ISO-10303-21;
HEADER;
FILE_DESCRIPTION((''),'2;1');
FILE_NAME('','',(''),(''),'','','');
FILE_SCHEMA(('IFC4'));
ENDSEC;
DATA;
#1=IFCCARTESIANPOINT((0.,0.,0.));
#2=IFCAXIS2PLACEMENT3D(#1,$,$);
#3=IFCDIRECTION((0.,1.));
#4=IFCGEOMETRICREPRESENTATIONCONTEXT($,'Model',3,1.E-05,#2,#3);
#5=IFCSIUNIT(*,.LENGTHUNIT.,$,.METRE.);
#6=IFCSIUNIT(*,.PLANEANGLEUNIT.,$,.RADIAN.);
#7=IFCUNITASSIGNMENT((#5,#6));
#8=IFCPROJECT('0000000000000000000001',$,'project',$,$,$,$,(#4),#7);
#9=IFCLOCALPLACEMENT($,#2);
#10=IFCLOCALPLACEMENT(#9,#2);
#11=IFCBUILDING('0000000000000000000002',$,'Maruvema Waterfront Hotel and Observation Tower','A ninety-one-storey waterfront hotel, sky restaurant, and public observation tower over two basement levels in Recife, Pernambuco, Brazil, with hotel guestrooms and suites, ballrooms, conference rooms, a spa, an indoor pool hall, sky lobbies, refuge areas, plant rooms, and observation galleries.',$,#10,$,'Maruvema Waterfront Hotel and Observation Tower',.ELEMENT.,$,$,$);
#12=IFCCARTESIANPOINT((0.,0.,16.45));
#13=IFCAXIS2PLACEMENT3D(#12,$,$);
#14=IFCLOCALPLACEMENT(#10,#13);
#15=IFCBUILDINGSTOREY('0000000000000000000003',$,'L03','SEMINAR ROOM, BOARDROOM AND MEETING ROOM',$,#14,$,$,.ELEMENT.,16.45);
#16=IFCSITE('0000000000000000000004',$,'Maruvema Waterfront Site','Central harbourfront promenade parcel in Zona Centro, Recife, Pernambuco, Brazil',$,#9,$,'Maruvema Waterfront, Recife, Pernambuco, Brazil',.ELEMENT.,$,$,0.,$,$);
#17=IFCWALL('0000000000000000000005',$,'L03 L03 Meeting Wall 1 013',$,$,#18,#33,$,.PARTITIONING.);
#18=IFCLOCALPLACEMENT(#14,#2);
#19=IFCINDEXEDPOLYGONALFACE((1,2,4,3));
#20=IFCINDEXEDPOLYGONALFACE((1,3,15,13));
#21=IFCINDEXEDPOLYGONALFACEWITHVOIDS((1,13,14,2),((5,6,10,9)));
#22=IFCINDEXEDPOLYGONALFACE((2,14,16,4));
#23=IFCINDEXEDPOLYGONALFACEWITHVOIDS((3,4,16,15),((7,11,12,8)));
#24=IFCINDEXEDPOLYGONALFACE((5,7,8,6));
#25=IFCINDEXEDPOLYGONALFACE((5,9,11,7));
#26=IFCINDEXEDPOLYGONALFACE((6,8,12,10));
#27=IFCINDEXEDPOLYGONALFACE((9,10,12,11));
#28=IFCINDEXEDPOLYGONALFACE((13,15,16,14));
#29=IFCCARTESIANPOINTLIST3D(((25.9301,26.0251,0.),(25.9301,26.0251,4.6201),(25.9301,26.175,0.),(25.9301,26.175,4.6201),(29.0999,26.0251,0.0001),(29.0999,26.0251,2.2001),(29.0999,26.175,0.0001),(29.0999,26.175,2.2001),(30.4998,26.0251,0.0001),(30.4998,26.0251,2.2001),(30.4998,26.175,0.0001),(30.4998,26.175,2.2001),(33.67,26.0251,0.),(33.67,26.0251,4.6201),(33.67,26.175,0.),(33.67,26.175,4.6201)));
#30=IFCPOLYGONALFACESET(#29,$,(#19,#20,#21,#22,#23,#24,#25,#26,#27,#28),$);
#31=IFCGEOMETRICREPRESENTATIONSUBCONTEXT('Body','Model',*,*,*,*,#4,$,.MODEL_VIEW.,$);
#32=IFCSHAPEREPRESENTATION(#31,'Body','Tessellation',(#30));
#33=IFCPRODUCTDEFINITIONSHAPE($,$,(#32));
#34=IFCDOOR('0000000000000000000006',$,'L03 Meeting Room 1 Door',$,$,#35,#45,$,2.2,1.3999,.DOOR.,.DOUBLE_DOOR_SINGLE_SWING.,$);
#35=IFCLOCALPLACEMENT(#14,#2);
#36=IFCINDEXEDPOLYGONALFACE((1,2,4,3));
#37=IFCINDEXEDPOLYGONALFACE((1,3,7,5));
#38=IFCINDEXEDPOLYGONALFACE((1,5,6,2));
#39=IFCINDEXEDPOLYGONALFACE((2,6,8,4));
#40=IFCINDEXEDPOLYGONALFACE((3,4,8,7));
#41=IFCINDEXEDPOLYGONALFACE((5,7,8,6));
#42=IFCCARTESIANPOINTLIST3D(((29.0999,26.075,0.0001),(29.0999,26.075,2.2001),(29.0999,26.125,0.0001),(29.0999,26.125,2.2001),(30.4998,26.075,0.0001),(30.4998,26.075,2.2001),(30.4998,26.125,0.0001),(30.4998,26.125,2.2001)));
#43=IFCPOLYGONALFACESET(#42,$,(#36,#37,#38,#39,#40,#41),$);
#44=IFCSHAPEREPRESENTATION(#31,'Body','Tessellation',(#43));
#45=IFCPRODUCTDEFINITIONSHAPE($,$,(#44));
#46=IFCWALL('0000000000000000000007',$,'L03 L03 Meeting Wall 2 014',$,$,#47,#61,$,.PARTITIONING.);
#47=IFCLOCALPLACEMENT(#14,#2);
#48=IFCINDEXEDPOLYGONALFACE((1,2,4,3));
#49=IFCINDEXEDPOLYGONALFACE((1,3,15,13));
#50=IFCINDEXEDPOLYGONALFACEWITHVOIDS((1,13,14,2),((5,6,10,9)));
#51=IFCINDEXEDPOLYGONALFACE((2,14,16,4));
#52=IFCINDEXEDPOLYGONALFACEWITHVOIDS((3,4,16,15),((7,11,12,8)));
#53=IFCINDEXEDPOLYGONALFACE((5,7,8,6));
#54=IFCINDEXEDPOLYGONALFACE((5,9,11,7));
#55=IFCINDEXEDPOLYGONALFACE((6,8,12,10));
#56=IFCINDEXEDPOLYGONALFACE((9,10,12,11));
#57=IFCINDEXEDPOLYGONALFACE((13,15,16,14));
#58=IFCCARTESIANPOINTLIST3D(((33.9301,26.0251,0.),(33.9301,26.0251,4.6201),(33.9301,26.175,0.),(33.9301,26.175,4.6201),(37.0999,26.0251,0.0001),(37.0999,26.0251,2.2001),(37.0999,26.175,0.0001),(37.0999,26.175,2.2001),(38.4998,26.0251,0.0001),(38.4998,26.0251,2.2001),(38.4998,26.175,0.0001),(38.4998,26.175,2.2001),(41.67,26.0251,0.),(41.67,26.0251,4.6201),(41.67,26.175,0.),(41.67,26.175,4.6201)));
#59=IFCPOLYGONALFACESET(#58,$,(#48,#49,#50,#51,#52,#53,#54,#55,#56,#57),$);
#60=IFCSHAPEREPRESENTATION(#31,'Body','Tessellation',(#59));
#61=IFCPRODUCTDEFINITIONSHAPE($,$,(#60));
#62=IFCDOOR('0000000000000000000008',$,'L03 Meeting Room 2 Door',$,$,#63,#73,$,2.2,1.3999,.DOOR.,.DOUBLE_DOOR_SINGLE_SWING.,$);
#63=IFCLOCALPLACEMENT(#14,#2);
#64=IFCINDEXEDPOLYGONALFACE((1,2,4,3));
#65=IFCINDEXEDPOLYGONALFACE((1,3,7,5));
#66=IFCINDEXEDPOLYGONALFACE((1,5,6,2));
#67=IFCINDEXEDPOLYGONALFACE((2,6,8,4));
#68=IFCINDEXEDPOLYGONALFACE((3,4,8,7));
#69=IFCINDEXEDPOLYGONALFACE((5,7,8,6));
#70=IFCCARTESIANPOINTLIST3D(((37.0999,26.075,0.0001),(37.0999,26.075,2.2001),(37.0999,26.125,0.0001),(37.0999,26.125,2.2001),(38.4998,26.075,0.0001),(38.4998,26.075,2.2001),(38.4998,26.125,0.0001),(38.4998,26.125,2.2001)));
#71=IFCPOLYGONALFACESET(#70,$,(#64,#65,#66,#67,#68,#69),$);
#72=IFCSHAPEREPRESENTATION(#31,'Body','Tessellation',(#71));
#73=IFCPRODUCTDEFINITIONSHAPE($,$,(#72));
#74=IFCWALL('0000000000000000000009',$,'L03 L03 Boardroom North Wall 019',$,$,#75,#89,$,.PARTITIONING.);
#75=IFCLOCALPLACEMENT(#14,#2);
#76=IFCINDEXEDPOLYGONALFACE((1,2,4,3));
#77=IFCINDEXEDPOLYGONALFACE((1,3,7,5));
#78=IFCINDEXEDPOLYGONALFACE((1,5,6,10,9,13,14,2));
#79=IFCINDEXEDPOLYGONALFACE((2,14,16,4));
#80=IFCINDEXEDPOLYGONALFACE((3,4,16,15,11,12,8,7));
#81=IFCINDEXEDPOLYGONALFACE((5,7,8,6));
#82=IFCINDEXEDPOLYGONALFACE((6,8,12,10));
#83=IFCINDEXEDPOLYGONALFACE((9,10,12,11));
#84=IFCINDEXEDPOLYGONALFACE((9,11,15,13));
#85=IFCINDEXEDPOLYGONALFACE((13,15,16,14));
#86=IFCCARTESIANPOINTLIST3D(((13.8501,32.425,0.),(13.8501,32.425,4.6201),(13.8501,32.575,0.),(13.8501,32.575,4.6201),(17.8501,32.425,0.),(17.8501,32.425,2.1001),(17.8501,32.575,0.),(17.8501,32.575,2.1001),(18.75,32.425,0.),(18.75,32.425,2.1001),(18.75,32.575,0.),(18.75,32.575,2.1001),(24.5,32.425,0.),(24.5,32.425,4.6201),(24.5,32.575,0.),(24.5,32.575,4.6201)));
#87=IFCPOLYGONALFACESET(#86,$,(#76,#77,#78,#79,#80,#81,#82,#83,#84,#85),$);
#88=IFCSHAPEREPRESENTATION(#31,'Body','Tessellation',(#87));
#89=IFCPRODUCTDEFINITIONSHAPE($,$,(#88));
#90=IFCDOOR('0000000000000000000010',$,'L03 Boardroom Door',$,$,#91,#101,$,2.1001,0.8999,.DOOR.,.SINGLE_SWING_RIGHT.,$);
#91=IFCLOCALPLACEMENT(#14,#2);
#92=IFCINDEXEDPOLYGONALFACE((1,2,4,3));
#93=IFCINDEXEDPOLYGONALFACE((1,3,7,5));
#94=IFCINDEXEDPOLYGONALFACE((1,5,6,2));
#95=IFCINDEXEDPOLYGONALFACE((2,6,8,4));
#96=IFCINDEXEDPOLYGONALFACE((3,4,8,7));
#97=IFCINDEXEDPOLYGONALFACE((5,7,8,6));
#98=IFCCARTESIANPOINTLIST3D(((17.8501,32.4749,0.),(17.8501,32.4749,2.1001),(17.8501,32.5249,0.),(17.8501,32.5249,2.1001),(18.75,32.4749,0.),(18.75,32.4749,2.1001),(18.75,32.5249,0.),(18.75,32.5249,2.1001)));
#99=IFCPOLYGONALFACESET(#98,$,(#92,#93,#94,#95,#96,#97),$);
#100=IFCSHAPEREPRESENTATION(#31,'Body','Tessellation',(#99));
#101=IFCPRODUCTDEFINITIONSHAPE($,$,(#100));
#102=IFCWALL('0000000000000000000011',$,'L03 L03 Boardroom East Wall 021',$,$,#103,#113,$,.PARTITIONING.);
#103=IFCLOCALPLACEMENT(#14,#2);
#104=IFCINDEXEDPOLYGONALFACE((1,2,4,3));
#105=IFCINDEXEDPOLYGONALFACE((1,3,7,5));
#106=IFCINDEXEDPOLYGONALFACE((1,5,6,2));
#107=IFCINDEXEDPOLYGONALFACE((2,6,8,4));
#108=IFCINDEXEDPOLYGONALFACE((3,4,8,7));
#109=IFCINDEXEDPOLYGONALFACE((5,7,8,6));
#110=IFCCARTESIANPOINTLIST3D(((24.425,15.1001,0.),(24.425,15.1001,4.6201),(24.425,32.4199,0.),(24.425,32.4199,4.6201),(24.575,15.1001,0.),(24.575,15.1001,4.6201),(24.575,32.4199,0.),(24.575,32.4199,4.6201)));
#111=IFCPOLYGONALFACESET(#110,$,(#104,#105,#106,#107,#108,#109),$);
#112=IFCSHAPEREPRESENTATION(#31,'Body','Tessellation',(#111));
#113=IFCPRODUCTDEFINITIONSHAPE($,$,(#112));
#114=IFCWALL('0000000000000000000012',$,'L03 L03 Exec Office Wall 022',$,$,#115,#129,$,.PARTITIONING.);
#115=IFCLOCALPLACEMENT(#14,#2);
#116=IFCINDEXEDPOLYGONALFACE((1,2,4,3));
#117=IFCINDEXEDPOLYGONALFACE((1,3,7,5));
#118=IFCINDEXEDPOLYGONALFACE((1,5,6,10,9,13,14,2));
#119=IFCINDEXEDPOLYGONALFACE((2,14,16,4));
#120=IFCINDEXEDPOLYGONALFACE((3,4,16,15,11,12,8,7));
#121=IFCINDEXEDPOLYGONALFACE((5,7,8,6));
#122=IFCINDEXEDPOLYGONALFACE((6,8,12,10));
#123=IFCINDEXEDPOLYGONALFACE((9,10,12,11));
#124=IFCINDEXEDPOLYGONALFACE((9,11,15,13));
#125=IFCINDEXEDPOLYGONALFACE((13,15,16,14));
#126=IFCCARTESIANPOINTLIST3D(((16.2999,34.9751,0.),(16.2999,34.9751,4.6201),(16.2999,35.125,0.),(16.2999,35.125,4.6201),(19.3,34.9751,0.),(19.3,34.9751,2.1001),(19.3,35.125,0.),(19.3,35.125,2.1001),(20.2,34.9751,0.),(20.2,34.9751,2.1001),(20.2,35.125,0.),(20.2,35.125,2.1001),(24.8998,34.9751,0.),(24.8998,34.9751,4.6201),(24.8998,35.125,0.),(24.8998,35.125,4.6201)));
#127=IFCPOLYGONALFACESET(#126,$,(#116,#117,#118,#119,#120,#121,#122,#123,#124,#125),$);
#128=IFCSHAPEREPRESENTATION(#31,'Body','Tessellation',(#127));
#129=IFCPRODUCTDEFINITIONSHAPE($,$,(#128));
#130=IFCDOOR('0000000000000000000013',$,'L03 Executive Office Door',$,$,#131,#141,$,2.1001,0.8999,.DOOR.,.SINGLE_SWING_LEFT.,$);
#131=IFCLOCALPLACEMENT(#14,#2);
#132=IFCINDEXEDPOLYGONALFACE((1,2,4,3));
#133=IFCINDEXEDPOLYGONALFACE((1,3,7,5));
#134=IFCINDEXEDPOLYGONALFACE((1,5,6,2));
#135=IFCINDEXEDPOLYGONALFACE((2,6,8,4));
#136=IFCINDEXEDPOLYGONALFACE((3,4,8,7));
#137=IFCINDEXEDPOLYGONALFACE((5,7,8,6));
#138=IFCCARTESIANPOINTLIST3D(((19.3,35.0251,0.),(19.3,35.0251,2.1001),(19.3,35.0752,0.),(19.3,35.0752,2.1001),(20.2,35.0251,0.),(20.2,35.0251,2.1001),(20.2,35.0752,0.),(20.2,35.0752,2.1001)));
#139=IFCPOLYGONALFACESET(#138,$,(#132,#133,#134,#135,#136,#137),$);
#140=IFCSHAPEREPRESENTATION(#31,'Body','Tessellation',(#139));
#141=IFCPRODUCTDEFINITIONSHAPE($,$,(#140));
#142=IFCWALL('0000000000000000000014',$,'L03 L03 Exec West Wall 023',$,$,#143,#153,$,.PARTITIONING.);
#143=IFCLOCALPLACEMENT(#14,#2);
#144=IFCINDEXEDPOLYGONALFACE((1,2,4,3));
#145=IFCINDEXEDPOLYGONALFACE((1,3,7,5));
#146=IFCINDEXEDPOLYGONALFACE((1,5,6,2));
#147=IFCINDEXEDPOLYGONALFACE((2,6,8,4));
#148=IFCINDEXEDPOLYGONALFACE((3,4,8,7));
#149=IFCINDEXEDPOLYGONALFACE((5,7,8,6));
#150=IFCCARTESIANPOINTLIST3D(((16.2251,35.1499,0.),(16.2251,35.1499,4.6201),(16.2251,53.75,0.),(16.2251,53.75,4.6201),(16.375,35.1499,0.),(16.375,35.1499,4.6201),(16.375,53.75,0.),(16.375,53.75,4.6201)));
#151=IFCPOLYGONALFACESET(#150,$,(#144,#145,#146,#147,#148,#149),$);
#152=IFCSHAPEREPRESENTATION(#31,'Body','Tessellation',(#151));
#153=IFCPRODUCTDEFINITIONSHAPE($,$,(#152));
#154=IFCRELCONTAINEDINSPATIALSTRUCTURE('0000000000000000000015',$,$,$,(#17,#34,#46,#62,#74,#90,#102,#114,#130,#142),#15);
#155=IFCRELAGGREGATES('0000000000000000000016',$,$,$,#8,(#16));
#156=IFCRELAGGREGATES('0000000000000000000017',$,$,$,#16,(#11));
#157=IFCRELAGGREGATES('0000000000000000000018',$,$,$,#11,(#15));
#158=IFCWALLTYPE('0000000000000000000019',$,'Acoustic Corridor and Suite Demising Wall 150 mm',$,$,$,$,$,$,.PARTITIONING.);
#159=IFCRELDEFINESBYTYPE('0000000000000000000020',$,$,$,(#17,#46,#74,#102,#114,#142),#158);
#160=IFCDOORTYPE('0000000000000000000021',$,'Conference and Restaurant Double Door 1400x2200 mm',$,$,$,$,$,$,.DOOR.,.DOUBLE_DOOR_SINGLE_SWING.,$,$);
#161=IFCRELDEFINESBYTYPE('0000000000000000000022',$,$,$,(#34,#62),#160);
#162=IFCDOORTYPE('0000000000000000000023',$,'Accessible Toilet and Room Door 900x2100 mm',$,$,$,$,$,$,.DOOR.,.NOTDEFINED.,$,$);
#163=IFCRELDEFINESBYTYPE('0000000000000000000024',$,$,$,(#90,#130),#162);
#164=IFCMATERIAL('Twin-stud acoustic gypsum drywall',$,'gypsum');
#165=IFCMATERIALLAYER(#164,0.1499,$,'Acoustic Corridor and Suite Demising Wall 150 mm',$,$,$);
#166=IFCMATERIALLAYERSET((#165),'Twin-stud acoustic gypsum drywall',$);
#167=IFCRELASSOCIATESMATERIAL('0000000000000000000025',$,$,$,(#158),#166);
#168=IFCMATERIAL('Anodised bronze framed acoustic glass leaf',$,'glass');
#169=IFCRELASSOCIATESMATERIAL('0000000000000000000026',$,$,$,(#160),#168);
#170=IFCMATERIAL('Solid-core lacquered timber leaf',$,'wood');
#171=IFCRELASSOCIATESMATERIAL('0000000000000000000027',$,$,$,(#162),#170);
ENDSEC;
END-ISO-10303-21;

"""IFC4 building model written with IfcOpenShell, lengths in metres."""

from ifc_helpers import new_model, si_unit, direction, frame, frame_2d, origin, place, context, subcontext, project, spatial, rectangle, extrude, material, layer, layer_set, type_object, element, fill, save


model = new_model("IFC4")

# Units and contexts
model_context = context("Model", 3, precision=1e-05, world=origin(), true_north=direction((0.0, 1.0)))
body_context = subcontext(model_context, "Body", "Model", "MODEL_VIEW")
ifc_project = project(units=[si_unit("LENGTHUNIT", "METRE"), si_unit("PLANEANGLEUNIT", "RADIAN")], contexts=[model_context])

# Site, building, storey
site_placement = place(None, origin())
site = spatial("IfcSite", under=ifc_project, at=site_placement, Name="Maruvema Waterfront Site", Description="Central harbourfront promenade parcel in Zona Centro, Recife, Pernambuco, Brazil", LongName="Maruvema Waterfront, Recife, Pernambuco, Brazil", CompositionType="ELEMENT", RefElevation=0.0)
building_placement = place(site_placement, origin())
building = spatial("IfcBuilding", under=site, at=building_placement, Name="Maruvema Waterfront Hotel and Observation Tower", Description="A ninety-one-storey waterfront hotel, sky restaurant, and public observation tower over two basement levels in Recife, Pernambuco, Brazil, with hotel guestrooms and suites, ballrooms, conference rooms, a spa, an indoor pool hall, sky lobbies, refuge areas, plant rooms, and observation galleries.", LongName="Maruvema Waterfront Hotel and Observation Tower", CompositionType="ELEMENT")
storey_placement = place(building_placement, frame((0.0, 0.0, 16.45)))
storey = spatial("IfcBuildingStorey", under=building, at=storey_placement, Name="L03", Description="SEMINAR ROOM, BOARDROOM AND MEETING ROOM", CompositionType="ELEMENT", Elevation=16.45)

# Walls, openings, doors
ifc_material_1 = material(Name="Twin-stud acoustic gypsum drywall", Category="gypsum")
ifc_layer_1 = layer(ifc_material_1, 0.1499, Name="Acoustic Corridor and Suite Demising Wall 150 mm")
ifc_layer_set_1 = layer_set([ifc_layer_1], Name="Twin-stud acoustic gypsum drywall")
wall_type = type_object("IfcWallType", Name="Acoustic Corridor and Suite Demising Wall 150 mm", PredefinedType="PARTITIONING", material=ifc_layer_set_1)
wall_1_placement = place(storey_placement, frame((25.9299, 26.1001, 0.0), z_axis=(0.0, 0.0, 1.0), x_axis=(1.0, 0.0, 0.0)))
wall_1 = element("IfcWall", 1, at=wall_1_placement, inside=storey, type_object=wall_type, Name="L03 L03 Meeting Wall 1 013", PredefinedType="PARTITIONING", context=body_context, shape_type="SweptSolid", body=[
    extrude(rectangle(XDim=7.74, YDim=0.1499, at=frame_2d((3.8701, 0.0))), origin(), (0.0, 0.0, 1.0), 4.6201),
])
opening_1_placement = place(wall_1_placement, frame((3.1699, 0.0, 0.0)))
opening_1 = element("IfcOpeningElement", 2, at=opening_1_placement, cuts=wall_1, PredefinedType="OPENING", context=body_context, shape_type="SweptSolid", body=[
    extrude(rectangle(XDim=1.3999, YDim=2.2, at=frame_2d((0.7, 1.1001))), frame((0.0, 0.085, 0.0), z_axis=(0.0, -1.0, 0.0), x_axis=(1.0, 0.0, 0.0)), (0.0, 0.0, 1.0), 0.1699),
])
ifc_material_2 = material(Name="Anodised bronze framed acoustic glass leaf", Category="glass")
door_type_1 = type_object("IfcDoorType", Name="Conference and Restaurant Double Door 1400x2200 mm", OperationType="DOUBLE_DOOR_SINGLE_SWING", PredefinedType="DOOR", material=ifc_material_2)
door_1_placement = place(opening_1_placement, origin())
door_1 = element("IfcDoor", 3, at=door_1_placement, inside=storey, type_object=door_type_1, Name="L03 Meeting Room 1 Door", OperationType="DOUBLE_DOOR_SINGLE_SWING", OverallHeight=2.2, OverallWidth=1.3999, PredefinedType="DOOR", context=body_context, shape_type="SweptSolid", body=[
    extrude(rectangle(XDim=1.3999, YDim=2.2, at=frame_2d((0.7, 1.1001))), frame((0.0, 0.0249, 0.0), z_axis=(0.0, -1.0, 0.0), x_axis=(1.0, 0.0, 0.0)), (0.0, 0.0, 1.0), 0.05),
])
fill(opening_1, door_1)
wall_2_placement = place(storey_placement, frame((33.9299, 26.1001, 0.0), z_axis=(0.0, 0.0, 1.0), x_axis=(1.0, 0.0, 0.0)))
wall_2 = element("IfcWall", 4, at=wall_2_placement, inside=storey, type_object=wall_type, Name="L03 L03 Meeting Wall 2 014", PredefinedType="PARTITIONING", context=body_context, shape_type="SweptSolid", body=[
    extrude(rectangle(XDim=7.74, YDim=0.1499, at=frame_2d((3.8701, 0.0))), origin(), (0.0, 0.0, 1.0), 4.6201),
])
opening_2_placement = place(wall_2_placement, frame((3.1699, 0.0, 0.0)))
opening_2 = element("IfcOpeningElement", 5, at=opening_2_placement, cuts=wall_2, PredefinedType="OPENING", context=body_context, shape_type="SweptSolid", body=[
    extrude(rectangle(XDim=1.3999, YDim=2.2, at=frame_2d((0.7, 1.1001))), frame((0.0, 0.085, 0.0), z_axis=(0.0, -1.0, 0.0), x_axis=(1.0, 0.0, 0.0)), (0.0, 0.0, 1.0), 0.1699),
])
door_2_placement = place(opening_2_placement, origin())
door_2 = element("IfcDoor", 6, at=door_2_placement, inside=storey, type_object=door_type_1, Name="L03 Meeting Room 2 Door", OperationType="DOUBLE_DOOR_SINGLE_SWING", OverallHeight=2.2, OverallWidth=1.3999, PredefinedType="DOOR", context=body_context, shape_type="SweptSolid", body=[
    extrude(rectangle(XDim=1.3999, YDim=2.2, at=frame_2d((0.7, 1.1001))), frame((0.0, 0.0249, 0.0), z_axis=(0.0, -1.0, 0.0), x_axis=(1.0, 0.0, 0.0)), (0.0, 0.0, 1.0), 0.05),
])
fill(opening_2, door_2)
wall_3_placement = place(storey_placement, frame((13.8501, 32.5, 0.0), z_axis=(0.0, 0.0, 1.0), x_axis=(1.0, 0.0, 0.0)))
wall_3 = element("IfcWall", 7, at=wall_3_placement, inside=storey, type_object=wall_type, Name="L03 L03 Boardroom North Wall 019", PredefinedType="PARTITIONING", context=body_context, shape_type="SweptSolid", body=[
    extrude(rectangle(XDim=10.6499, YDim=0.1499, at=frame_2d((5.325, 0.0))), origin(), (0.0, 0.0, 1.0), 4.6201),
])
opening_3_placement = place(wall_3_placement, frame((4.0, 0.0, 0.0)))
opening_3 = element("IfcOpeningElement", 8, at=opening_3_placement, cuts=wall_3, PredefinedType="OPENING", context=body_context, shape_type="SweptSolid", body=[
    extrude(rectangle(XDim=0.8999, YDim=2.1001, at=frame_2d((0.45, 1.05))), frame((0.0, 0.085, 0.0), z_axis=(0.0, -1.0, 0.0), x_axis=(1.0, 0.0, 0.0)), (0.0, 0.0, 1.0), 0.1699),
])
ifc_material_3 = material(Name="Solid-core lacquered timber leaf", Category="wood")
door_type_2 = type_object("IfcDoorType", Name="Accessible Toilet and Room Door 900x2100 mm", OperationType="NOTDEFINED", PredefinedType="DOOR", material=ifc_material_3)
door_3_placement = place(opening_3_placement, origin())
door_3 = element("IfcDoor", 9, at=door_3_placement, inside=storey, type_object=door_type_2, Name="L03 Boardroom Door", OperationType="SINGLE_SWING_RIGHT", OverallHeight=2.1001, OverallWidth=0.8999, PredefinedType="DOOR", context=body_context, shape_type="SweptSolid", body=[
    extrude(rectangle(XDim=0.8999, YDim=2.1001, at=frame_2d((0.45, 1.05))), frame((0.0, 0.0249, 0.0), z_axis=(0.0, -1.0, 0.0), x_axis=(1.0, 0.0, 0.0)), (0.0, 0.0, 1.0), 0.05),
])
fill(opening_3, door_3)

# Wall
wall_4_placement = place(storey_placement, frame((24.5, 15.1001, 0.0), z_axis=(0.0, 0.0, 1.0), x_axis=(0.0, 1.0, 0.0)))
element("IfcWall", 10, at=wall_4_placement, inside=storey, type_object=wall_type, Name="L03 L03 Boardroom East Wall 021", PredefinedType="PARTITIONING", context=body_context, shape_type="SweptSolid", body=[
    extrude(rectangle(XDim=17.3198, YDim=0.1499, at=frame_2d((8.6599, 0.0))), origin(), (0.0, 0.0, 1.0), 4.6201),
])

# Wall, opening, door
wall_5_placement = place(storey_placement, frame((16.3, 35.05, 0.0), z_axis=(0.0, 0.0, 1.0), x_axis=(1.0, 0.0, 0.0)))
wall_5 = element("IfcWall", 11, at=wall_5_placement, inside=storey, type_object=wall_type, Name="L03 L03 Exec Office Wall 022", PredefinedType="PARTITIONING", context=body_context, shape_type="SweptSolid", body=[
    extrude(rectangle(XDim=8.5999, YDim=0.1499, at=frame_2d((4.2998, 0.0))), origin(), (0.0, 0.0, 1.0), 4.6201),
])
opening_4_placement = place(wall_5_placement, frame((3.0, 0.0, 0.0)))
opening_4 = element("IfcOpeningElement", 12, at=opening_4_placement, cuts=wall_5, PredefinedType="OPENING", context=body_context, shape_type="SweptSolid", body=[
    extrude(rectangle(XDim=0.8999, YDim=2.1001, at=frame_2d((0.45, 1.05))), frame((0.0, 0.085, 0.0), z_axis=(0.0, -1.0, 0.0), x_axis=(1.0, 0.0, 0.0)), (0.0, 0.0, 1.0), 0.1699),
])
door_4_placement = place(opening_4_placement, frame((0.8999, 0.0, 0.0), z_axis=(0.0, 0.0, 1.0), x_axis=(-1.0, 0.0, 0.0)))
door_4 = element("IfcDoor", 13, at=door_4_placement, inside=storey, type_object=door_type_2, Name="L03 Executive Office Door", OperationType="SINGLE_SWING_LEFT", OverallHeight=2.1001, OverallWidth=0.8999, PredefinedType="DOOR", context=body_context, shape_type="SweptSolid", body=[
    extrude(rectangle(XDim=0.8999, YDim=2.1001, at=frame_2d((0.45, 1.05))), frame((0.0, 0.0249, 0.0), z_axis=(0.0, -1.0, 0.0), x_axis=(1.0, 0.0, 0.0)), (0.0, 0.0, 1.0), 0.05),
])
fill(opening_4, door_4)

# Wall
wall_6_placement = place(storey_placement, frame((16.3, 35.1499, 0.0), z_axis=(0.0, 0.0, 1.0), x_axis=(0.0, 1.0, 0.0)))
element("IfcWall", 14, at=wall_6_placement, inside=storey, type_object=wall_type, Name="L03 L03 Exec West Wall 023", PredefinedType="PARTITIONING", context=body_context, shape_type="SweptSolid", body=[
    extrude(rectangle(XDim=18.6001, YDim=0.1499, at=frame_2d((9.3, 0.0))), origin(), (0.0, 0.0, 1.0), 4.6201),
])

save(model, "model.ifc")
